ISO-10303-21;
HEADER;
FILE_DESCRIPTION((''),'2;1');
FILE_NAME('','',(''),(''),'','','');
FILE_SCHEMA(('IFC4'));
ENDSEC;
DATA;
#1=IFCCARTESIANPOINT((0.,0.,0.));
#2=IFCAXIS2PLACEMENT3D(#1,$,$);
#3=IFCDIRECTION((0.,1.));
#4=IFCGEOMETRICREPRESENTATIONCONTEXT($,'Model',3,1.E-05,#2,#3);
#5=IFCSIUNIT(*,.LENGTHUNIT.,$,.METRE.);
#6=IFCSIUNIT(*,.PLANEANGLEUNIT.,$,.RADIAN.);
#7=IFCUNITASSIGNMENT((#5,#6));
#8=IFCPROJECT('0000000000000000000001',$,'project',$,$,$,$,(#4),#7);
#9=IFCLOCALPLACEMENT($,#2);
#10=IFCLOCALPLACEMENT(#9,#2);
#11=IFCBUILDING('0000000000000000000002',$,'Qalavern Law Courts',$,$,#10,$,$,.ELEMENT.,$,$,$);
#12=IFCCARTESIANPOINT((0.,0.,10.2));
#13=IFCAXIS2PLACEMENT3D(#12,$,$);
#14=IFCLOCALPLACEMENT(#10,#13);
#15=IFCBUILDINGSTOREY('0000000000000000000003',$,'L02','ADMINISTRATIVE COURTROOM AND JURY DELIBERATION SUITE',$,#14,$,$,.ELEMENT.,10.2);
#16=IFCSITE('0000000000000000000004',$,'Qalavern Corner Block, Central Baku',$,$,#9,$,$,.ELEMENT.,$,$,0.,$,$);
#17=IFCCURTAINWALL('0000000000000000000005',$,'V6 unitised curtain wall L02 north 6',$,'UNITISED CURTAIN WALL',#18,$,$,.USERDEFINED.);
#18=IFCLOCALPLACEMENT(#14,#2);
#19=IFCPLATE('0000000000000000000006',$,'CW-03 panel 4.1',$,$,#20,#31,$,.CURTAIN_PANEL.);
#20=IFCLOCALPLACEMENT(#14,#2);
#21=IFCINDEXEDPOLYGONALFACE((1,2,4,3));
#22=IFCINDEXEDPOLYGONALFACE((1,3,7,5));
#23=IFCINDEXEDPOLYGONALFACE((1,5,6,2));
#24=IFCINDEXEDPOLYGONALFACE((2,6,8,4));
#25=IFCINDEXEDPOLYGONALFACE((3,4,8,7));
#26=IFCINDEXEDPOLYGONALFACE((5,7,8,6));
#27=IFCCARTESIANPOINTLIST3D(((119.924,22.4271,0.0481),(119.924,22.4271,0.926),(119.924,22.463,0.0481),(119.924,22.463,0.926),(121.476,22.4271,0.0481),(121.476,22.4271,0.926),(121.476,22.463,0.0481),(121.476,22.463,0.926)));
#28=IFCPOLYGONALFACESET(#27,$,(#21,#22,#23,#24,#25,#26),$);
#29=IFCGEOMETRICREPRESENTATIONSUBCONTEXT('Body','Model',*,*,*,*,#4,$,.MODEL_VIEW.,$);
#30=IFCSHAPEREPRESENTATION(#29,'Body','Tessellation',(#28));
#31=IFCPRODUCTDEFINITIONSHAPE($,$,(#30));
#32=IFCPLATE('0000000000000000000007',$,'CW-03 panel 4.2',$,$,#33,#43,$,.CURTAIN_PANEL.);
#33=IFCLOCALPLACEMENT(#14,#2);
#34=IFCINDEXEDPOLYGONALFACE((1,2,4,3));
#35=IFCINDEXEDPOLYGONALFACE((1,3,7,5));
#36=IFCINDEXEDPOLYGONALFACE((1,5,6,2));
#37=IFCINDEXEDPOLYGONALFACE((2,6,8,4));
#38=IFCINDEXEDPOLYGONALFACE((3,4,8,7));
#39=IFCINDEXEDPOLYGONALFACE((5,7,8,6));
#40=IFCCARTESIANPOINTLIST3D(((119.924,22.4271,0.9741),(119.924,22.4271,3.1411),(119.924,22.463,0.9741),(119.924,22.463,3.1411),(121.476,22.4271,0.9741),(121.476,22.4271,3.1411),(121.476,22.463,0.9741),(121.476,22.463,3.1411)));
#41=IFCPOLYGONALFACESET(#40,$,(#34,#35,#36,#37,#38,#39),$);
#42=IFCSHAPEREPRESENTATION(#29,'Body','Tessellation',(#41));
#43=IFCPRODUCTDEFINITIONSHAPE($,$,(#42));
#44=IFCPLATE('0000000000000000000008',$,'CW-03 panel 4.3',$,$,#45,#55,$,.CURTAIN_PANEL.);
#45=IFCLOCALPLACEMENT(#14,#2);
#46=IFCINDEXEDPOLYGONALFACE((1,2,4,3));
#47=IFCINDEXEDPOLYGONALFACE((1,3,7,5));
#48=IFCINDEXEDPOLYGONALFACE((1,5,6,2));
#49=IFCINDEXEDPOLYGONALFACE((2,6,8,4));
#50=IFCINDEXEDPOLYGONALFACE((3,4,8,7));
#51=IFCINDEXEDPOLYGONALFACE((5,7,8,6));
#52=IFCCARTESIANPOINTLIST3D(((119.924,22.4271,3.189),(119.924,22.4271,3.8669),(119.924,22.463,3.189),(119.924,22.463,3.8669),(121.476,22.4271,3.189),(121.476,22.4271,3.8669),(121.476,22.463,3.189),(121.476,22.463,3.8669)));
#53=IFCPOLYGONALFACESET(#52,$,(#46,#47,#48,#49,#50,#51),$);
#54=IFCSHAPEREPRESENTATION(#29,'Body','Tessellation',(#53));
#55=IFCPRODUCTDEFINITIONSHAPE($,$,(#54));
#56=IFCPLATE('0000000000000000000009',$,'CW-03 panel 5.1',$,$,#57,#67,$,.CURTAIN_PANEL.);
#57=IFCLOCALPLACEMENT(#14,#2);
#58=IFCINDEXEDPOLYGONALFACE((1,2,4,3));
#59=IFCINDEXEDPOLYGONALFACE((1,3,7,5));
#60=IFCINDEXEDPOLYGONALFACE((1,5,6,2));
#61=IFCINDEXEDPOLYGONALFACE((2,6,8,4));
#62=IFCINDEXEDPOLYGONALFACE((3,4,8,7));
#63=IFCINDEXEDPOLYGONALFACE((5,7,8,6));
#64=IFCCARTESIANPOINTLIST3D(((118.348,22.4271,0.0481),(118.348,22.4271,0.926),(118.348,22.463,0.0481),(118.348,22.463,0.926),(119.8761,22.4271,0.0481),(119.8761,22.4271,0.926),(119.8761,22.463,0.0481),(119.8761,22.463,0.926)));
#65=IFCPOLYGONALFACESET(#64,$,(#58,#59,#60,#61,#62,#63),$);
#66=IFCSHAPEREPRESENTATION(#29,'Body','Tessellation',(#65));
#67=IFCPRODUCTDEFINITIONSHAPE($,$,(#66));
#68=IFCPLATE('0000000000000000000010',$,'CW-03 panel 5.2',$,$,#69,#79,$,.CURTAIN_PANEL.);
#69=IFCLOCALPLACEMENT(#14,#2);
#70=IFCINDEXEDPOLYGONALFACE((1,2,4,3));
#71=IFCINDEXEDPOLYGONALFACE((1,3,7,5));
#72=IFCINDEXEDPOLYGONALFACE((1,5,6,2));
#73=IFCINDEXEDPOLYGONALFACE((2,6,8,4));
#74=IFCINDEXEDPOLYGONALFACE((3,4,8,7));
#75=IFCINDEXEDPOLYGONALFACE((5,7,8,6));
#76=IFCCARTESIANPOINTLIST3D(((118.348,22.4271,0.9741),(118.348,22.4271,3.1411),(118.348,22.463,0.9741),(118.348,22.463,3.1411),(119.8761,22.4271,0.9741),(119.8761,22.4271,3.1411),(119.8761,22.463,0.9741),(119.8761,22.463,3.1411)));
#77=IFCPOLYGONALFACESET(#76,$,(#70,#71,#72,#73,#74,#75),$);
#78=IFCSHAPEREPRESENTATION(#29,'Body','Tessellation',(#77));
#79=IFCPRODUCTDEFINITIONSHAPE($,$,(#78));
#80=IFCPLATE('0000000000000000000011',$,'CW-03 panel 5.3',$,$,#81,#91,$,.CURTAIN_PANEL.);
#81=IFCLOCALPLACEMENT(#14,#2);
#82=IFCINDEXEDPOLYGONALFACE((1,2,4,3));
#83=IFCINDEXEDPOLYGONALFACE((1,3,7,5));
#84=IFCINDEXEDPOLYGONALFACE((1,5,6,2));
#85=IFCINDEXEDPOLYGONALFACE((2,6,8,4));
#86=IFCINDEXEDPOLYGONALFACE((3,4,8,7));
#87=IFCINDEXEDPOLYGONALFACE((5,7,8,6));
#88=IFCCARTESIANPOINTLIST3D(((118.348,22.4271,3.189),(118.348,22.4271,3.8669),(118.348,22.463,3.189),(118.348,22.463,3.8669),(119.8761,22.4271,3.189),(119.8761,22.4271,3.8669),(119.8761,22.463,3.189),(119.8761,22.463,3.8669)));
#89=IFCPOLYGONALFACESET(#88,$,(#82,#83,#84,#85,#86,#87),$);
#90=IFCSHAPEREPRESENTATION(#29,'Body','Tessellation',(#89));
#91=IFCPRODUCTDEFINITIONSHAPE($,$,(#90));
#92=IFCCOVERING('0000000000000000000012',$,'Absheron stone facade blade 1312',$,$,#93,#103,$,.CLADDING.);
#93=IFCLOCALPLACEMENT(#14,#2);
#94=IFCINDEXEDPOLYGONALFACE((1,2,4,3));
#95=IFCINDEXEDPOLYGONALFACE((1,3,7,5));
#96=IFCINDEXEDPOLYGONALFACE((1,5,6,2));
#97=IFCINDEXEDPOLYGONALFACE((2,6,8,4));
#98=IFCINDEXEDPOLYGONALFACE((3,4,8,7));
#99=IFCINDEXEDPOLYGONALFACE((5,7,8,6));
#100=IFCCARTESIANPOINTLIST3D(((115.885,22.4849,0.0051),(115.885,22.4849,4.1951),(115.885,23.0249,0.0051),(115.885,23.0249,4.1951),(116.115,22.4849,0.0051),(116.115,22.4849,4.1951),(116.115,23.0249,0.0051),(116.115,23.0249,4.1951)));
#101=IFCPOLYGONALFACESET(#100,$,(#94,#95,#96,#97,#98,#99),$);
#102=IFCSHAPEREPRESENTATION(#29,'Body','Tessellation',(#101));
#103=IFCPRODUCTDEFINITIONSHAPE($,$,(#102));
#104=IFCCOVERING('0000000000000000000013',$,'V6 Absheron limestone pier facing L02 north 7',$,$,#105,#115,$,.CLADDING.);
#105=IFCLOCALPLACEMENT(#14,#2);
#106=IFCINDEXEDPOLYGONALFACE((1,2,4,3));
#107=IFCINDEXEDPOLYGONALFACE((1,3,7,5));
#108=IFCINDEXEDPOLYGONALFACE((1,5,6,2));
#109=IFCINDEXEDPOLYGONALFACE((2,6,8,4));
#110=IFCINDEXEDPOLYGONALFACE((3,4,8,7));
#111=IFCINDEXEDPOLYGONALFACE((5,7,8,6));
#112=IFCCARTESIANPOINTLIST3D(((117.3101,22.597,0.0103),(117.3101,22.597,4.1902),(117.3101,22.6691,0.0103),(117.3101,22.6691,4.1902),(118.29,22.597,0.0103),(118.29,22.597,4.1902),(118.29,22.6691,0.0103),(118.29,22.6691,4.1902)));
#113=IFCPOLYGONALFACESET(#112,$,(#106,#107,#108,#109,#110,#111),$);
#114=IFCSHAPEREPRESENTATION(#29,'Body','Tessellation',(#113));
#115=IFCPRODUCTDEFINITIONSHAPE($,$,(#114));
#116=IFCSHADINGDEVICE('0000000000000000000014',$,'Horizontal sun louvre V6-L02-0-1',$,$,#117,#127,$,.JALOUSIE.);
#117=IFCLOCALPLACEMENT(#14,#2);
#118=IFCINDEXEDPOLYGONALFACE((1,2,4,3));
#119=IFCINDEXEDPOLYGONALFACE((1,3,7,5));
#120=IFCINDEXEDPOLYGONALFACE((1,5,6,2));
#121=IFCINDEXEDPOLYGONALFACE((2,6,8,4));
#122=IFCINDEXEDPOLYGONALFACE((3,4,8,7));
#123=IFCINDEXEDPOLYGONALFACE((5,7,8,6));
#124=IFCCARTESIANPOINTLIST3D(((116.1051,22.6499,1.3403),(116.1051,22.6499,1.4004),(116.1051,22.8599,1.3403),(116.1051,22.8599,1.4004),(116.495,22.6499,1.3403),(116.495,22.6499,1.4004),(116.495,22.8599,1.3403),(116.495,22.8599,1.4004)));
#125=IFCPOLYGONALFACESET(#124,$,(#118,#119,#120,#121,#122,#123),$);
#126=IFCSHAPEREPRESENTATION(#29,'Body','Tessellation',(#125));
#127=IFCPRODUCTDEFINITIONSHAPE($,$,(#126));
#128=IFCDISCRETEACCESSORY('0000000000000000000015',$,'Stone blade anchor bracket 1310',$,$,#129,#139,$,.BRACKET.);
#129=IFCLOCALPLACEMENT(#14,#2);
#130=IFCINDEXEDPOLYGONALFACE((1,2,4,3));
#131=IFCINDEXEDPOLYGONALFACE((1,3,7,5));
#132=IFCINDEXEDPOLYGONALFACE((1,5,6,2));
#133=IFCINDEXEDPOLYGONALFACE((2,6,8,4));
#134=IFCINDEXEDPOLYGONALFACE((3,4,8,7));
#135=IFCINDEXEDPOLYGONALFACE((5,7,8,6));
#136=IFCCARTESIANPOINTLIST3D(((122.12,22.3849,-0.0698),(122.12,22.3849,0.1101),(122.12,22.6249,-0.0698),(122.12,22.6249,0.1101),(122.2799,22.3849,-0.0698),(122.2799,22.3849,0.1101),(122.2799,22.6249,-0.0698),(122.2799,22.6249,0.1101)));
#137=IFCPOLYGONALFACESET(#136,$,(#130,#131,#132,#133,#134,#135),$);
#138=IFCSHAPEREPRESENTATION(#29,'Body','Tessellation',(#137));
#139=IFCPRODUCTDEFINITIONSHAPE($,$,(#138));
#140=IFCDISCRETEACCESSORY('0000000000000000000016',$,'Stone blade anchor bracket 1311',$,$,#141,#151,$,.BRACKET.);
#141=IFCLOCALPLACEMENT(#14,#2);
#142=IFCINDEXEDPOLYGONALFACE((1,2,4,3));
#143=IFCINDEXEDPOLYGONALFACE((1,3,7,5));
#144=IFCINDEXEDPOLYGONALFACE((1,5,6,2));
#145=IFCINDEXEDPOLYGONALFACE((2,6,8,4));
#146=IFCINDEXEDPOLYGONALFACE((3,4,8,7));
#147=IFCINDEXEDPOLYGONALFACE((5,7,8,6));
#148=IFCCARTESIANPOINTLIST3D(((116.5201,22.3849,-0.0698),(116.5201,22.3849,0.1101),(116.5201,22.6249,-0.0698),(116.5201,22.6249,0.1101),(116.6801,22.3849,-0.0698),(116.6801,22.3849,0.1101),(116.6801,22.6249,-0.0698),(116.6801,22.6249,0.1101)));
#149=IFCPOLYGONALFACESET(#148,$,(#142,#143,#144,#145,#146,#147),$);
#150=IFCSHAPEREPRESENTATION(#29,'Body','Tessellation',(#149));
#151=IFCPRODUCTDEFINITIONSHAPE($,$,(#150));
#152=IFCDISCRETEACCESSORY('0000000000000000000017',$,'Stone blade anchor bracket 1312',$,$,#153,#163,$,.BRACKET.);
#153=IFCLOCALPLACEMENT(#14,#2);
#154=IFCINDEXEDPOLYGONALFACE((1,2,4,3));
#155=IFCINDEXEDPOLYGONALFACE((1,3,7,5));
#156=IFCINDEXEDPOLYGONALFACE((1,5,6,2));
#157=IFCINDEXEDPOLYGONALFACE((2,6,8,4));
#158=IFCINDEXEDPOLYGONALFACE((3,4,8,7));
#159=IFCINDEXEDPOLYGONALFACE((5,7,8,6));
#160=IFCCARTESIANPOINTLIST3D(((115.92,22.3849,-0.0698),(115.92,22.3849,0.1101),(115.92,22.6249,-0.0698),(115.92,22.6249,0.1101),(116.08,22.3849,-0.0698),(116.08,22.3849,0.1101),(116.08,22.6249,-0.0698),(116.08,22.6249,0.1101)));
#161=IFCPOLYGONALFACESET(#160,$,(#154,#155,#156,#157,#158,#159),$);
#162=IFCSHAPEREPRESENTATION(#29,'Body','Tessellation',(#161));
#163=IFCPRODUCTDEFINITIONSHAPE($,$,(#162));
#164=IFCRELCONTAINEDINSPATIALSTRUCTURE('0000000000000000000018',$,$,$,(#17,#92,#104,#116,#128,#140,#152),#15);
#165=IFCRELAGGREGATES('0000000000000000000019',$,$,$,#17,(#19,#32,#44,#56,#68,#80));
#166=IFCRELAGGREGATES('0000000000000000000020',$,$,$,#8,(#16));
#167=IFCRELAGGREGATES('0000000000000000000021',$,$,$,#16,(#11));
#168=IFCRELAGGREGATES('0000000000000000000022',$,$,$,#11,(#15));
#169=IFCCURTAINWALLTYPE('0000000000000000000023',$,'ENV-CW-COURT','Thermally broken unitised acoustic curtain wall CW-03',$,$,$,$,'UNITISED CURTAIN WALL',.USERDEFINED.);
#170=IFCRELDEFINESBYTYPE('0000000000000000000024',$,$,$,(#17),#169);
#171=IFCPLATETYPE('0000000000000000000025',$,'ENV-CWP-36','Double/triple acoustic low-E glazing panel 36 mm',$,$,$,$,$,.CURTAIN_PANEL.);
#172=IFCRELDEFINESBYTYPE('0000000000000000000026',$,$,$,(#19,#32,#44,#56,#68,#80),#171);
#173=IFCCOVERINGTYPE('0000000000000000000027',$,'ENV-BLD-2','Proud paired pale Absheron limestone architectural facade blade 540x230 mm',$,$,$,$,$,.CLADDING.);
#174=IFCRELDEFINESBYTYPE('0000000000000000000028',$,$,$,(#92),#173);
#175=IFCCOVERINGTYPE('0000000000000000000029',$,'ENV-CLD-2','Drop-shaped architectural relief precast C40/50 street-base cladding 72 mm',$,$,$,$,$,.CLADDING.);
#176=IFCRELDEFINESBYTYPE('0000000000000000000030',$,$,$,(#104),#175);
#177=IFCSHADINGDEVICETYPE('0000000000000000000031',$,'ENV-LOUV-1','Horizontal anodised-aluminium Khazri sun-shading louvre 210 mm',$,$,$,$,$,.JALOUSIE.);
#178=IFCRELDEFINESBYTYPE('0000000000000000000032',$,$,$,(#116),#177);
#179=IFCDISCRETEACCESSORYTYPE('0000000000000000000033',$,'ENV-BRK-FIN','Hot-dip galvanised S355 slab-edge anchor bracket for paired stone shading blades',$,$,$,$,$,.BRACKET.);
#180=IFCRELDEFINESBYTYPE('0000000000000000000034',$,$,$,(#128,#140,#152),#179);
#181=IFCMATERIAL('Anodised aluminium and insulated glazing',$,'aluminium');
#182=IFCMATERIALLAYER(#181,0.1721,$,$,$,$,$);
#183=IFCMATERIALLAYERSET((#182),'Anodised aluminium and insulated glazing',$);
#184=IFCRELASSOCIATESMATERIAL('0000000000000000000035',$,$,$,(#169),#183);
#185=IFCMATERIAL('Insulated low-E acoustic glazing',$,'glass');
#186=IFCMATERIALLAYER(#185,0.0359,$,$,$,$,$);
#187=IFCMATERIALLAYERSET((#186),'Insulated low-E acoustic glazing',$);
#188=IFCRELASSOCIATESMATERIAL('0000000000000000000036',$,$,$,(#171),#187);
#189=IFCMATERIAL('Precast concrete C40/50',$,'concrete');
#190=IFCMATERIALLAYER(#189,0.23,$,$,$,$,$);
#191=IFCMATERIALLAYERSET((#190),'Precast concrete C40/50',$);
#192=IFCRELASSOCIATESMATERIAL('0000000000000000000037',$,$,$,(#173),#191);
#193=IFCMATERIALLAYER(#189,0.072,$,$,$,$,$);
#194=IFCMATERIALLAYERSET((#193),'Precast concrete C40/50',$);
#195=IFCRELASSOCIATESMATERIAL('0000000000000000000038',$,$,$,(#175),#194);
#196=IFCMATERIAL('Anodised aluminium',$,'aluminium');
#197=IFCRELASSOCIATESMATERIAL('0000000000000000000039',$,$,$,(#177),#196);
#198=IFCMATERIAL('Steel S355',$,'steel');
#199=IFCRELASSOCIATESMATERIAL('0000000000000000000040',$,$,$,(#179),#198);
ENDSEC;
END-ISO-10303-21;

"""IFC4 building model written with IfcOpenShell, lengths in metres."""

from ifc_helpers import new_model, si_unit, direction, frame, origin, origin_2d, place, context, subcontext, project, spatial, rectangle, extrude, material, layer, layer_set, type_object, element, aggregate, save


model = new_model("IFC4")

# Units and contexts
model_context = context("Model", 3, precision=1e-05, world=origin(), true_north=direction((0.0, 1.0)))
body_context = subcontext(model_context, "Body", "Model", "MODEL_VIEW")
ifc_project = project(units=[si_unit("LENGTHUNIT", "METRE"), si_unit("PLANEANGLEUNIT", "RADIAN")], contexts=[model_context])

# Site, building, storey
site_placement = place(None, origin())
site = spatial("IfcSite", under=ifc_project, at=site_placement, Name="Qalavern Corner Block, Central Baku", CompositionType="ELEMENT", RefElevation=0.0)
building_placement = place(site_placement, origin())
building = spatial("IfcBuilding", under=site, at=building_placement, Name="Qalavern Law Courts", CompositionType="ELEMENT")
storey_placement = place(building_placement, frame((0.0, 0.0, 10.2)))
storey = spatial("IfcBuildingStorey", under=building, at=storey_placement, Name="L02", Description="ADMINISTRATIVE COURTROOM AND JURY DELIBERATION SUITE", CompositionType="ELEMENT", Elevation=10.2)

# Curtain wall, plates
ifc_material_1 = material(Name="Anodised aluminium and insulated glazing", Category="aluminium")
ifc_layer_1 = layer(ifc_material_1, 0.1721)
ifc_layer_set_1 = layer_set([ifc_layer_1], Name="Anodised aluminium and insulated glazing")
curtain_wall_type = type_object("IfcCurtainWallType", Name="ENV-CW-COURT", Description="Thermally broken unitised acoustic curtain wall CW-03", ElementType="UNITISED CURTAIN WALL", PredefinedType="USERDEFINED", material=ifc_layer_set_1)
curtain_wall_placement = place(storey_placement, origin())
curtain_wall = element("IfcCurtainWall", 1, at=curtain_wall_placement, inside=storey, type_object=curtain_wall_type, Name="V6 unitised curtain wall L02 north 6", ObjectType="UNITISED CURTAIN WALL", PredefinedType="USERDEFINED")
ifc_material_2 = material(Name="Anodised aluminium", Category="aluminium")
ifc_material_3 = material(Name="Insulated low-E acoustic glazing", Category="glass")
ifc_layer_2 = layer(ifc_material_3, 0.0359)
ifc_layer_set_2 = layer_set([ifc_layer_2], Name="Insulated low-E acoustic glazing")
plate_type = type_object("IfcPlateType", Name="ENV-CWP-36", Description="Double/triple acoustic low-E glazing panel 36 mm", PredefinedType="CURTAIN_PANEL", material=ifc_layer_set_2)
plate_1_placement = place(storey_placement, frame((120.7, 22.4451, 0.0481), z_axis=(0.0, 0.0, 1.0), x_axis=(-1.0, 0.0, 0.0)))
plate_1 = element("IfcPlate", 2, at=plate_1_placement, type_object=plate_type, Name="CW-03 panel 4.1", PredefinedType="CURTAIN_PANEL", context=body_context, shape_type="SweptSolid", body=[
    extrude(rectangle(XDim=1.552, YDim=0.0359, at=origin_2d()), origin(), (0.0, 0.0, 1.0), 0.8779),
])
plate_2_placement = place(storey_placement, frame((120.7, 22.4451, 0.9741), z_axis=(0.0, 0.0, 1.0), x_axis=(-1.0, 0.0, 0.0)))
plate_2 = element("IfcPlate", 3, at=plate_2_placement, type_object=plate_type, Name="CW-03 panel 4.2", PredefinedType="CURTAIN_PANEL", context=body_context, shape_type="SweptSolid", body=[
    extrude(rectangle(XDim=1.552, YDim=0.0359, at=origin_2d()), origin(), (0.0, 0.0, 1.0), 2.167),
])
plate_3_placement = place(storey_placement, frame((120.7, 22.4451, 3.189), z_axis=(0.0, 0.0, 1.0), x_axis=(-1.0, 0.0, 0.0)))
plate_3 = element("IfcPlate", 4, at=plate_3_placement, type_object=plate_type, Name="CW-03 panel 4.3", PredefinedType="CURTAIN_PANEL", context=body_context, shape_type="SweptSolid", body=[
    extrude(rectangle(XDim=1.552, YDim=0.0359, at=origin_2d()), origin(), (0.0, 0.0, 1.0), 0.678),
])
plate_4_placement = place(storey_placement, frame((119.1121, 22.4451, 0.0481), z_axis=(0.0, 0.0, 1.0), x_axis=(-1.0, 0.0, 0.0)))
plate_4 = element("IfcPlate", 5, at=plate_4_placement, type_object=plate_type, Name="CW-03 panel 5.1", PredefinedType="CURTAIN_PANEL", context=body_context, shape_type="SweptSolid", body=[
    extrude(rectangle(XDim=1.5281, YDim=0.0359, at=origin_2d()), origin(), (0.0, 0.0, 1.0), 0.8779),
])
plate_5_placement = place(storey_placement, frame((119.1121, 22.4451, 0.9741), z_axis=(0.0, 0.0, 1.0), x_axis=(-1.0, 0.0, 0.0)))
plate_5 = element("IfcPlate", 6, at=plate_5_placement, type_object=plate_type, Name="CW-03 panel 5.2", PredefinedType="CURTAIN_PANEL", context=body_context, shape_type="SweptSolid", body=[
    extrude(rectangle(XDim=1.5281, YDim=0.0359, at=origin_2d()), origin(), (0.0, 0.0, 1.0), 2.167),
])
plate_6_placement = place(storey_placement, frame((119.1121, 22.4451, 3.189), z_axis=(0.0, 0.0, 1.0), x_axis=(-1.0, 0.0, 0.0)))
plate_6 = element("IfcPlate", 7, at=plate_6_placement, type_object=plate_type, Name="CW-03 panel 5.3", PredefinedType="CURTAIN_PANEL", context=body_context, shape_type="SweptSolid", body=[
    extrude(rectangle(XDim=1.5281, YDim=0.0359, at=origin_2d()), origin(), (0.0, 0.0, 1.0), 0.678),
])
aggregate(curtain_wall, [plate_1, plate_2, plate_3, plate_4, plate_5, plate_6])

# Coverings
ifc_material_4 = material(Name="Precast concrete C40/50", Category="concrete")
ifc_layer_3 = layer(ifc_material_4, 0.23)
ifc_layer_set_3 = layer_set([ifc_layer_3], Name="Precast concrete C40/50")
covering_type_1 = type_object("IfcCoveringType", Name="ENV-BLD-2", Description="Proud paired pale Absheron limestone architectural facade blade 540x230 mm", PredefinedType="CLADDING", material=ifc_layer_set_3)
covering_1_placement = place(storey_placement, frame((116.0, 22.7549, 0.0051), z_axis=(0.0, 0.0, 1.0), x_axis=(0.0, 1.0, 0.0)))
element("IfcCovering", 8, at=covering_1_placement, inside=storey, type_object=covering_type_1, Name="Absheron stone facade blade 1312", PredefinedType="CLADDING", context=body_context, shape_type="SweptSolid", body=[
    extrude(rectangle(XDim=0.54, YDim=0.23, at=origin_2d()), origin(), (0.0, 0.0, 1.0), 4.1899),
])
ifc_layer_4 = layer(ifc_material_4, 0.072)
ifc_layer_set_4 = layer_set([ifc_layer_4], Name="Precast concrete C40/50")
covering_type_2 = type_object("IfcCoveringType", Name="ENV-CLD-2", Description="Drop-shaped architectural relief precast C40/50 street-base cladding 72 mm", PredefinedType="CLADDING", material=ifc_layer_set_4)
covering_2_placement = place(storey_placement, frame((117.8, 22.6331, 0.0103), z_axis=(0.0, 0.0, 1.0), x_axis=(-1.0, 0.0, 0.0)))
element("IfcCovering", 9, at=covering_2_placement, inside=storey, type_object=covering_type_2, Name="V6 Absheron limestone pier facing L02 north 7", PredefinedType="CLADDING", context=body_context, shape_type="SweptSolid", body=[
    extrude(rectangle(XDim=0.98, YDim=0.072, at=origin_2d()), origin(), (0.0, 0.0, 1.0), 4.1799),
])

# Shading device
shading_device_type = type_object("IfcShadingDeviceType", Name="ENV-LOUV-1", Description="Horizontal anodised-aluminium Khazri sun-shading louvre 210 mm", PredefinedType="JALOUSIE", material=ifc_material_2)
shading_device_placement = place(storey_placement, frame((116.3, 22.7549, 1.3403), z_axis=(0.0, 0.0, 1.0), x_axis=(-1.0, 0.0, 0.0)))
element("IfcShadingDevice", 10, at=shading_device_placement, inside=storey, type_object=shading_device_type, Name="Horizontal sun louvre V6-L02-0-1", PredefinedType="JALOUSIE", context=body_context, shape_type="SweptSolid", body=[
    extrude(rectangle(XDim=0.3899, YDim=0.21, at=origin_2d()), origin(), (0.0, 0.0, 1.0), 0.0601),
])

# Discrete accessories
ifc_material_5 = material(Name="Steel S355", Category="steel")
discrete_accessory_type = type_object("IfcDiscreteAccessoryType", Name="ENV-BRK-FIN", Description="Hot-dip galvanised S355 slab-edge anchor bracket for paired stone shading blades", PredefinedType="BRACKET", material=ifc_material_5)
for number, where, z_axis, x_axis, name in (
    (11, (122.2, 22.5049, -0.0698), (0.0, 0.0, 1.0), (0.0, 1.0, 0.0), "Stone blade anchor bracket 1310"),
    (12, (116.6001, 22.5049, -0.0698), (0.0, 0.0, 1.0), (0.0, 1.0, 0.0), "Stone blade anchor bracket 1311"),
    (13, (116.0, 22.5049, -0.0698), (0.0, 0.0, 1.0), (0.0, 1.0, 0.0), "Stone blade anchor bracket 1312"),
):
    element("IfcDiscreteAccessory", number, at=place(storey_placement, frame(where, z_axis=z_axis, x_axis=x_axis)), inside=storey, type_object=discrete_accessory_type, Name=name, PredefinedType="BRACKET", context=body_context, shape_type="SweptSolid", body=[
        extrude(rectangle(XDim=0.24, YDim=0.1599, at=origin_2d()), origin(), (0.0, 0.0, 1.0), 0.1799),
    ])

save(model, "model.ifc")
